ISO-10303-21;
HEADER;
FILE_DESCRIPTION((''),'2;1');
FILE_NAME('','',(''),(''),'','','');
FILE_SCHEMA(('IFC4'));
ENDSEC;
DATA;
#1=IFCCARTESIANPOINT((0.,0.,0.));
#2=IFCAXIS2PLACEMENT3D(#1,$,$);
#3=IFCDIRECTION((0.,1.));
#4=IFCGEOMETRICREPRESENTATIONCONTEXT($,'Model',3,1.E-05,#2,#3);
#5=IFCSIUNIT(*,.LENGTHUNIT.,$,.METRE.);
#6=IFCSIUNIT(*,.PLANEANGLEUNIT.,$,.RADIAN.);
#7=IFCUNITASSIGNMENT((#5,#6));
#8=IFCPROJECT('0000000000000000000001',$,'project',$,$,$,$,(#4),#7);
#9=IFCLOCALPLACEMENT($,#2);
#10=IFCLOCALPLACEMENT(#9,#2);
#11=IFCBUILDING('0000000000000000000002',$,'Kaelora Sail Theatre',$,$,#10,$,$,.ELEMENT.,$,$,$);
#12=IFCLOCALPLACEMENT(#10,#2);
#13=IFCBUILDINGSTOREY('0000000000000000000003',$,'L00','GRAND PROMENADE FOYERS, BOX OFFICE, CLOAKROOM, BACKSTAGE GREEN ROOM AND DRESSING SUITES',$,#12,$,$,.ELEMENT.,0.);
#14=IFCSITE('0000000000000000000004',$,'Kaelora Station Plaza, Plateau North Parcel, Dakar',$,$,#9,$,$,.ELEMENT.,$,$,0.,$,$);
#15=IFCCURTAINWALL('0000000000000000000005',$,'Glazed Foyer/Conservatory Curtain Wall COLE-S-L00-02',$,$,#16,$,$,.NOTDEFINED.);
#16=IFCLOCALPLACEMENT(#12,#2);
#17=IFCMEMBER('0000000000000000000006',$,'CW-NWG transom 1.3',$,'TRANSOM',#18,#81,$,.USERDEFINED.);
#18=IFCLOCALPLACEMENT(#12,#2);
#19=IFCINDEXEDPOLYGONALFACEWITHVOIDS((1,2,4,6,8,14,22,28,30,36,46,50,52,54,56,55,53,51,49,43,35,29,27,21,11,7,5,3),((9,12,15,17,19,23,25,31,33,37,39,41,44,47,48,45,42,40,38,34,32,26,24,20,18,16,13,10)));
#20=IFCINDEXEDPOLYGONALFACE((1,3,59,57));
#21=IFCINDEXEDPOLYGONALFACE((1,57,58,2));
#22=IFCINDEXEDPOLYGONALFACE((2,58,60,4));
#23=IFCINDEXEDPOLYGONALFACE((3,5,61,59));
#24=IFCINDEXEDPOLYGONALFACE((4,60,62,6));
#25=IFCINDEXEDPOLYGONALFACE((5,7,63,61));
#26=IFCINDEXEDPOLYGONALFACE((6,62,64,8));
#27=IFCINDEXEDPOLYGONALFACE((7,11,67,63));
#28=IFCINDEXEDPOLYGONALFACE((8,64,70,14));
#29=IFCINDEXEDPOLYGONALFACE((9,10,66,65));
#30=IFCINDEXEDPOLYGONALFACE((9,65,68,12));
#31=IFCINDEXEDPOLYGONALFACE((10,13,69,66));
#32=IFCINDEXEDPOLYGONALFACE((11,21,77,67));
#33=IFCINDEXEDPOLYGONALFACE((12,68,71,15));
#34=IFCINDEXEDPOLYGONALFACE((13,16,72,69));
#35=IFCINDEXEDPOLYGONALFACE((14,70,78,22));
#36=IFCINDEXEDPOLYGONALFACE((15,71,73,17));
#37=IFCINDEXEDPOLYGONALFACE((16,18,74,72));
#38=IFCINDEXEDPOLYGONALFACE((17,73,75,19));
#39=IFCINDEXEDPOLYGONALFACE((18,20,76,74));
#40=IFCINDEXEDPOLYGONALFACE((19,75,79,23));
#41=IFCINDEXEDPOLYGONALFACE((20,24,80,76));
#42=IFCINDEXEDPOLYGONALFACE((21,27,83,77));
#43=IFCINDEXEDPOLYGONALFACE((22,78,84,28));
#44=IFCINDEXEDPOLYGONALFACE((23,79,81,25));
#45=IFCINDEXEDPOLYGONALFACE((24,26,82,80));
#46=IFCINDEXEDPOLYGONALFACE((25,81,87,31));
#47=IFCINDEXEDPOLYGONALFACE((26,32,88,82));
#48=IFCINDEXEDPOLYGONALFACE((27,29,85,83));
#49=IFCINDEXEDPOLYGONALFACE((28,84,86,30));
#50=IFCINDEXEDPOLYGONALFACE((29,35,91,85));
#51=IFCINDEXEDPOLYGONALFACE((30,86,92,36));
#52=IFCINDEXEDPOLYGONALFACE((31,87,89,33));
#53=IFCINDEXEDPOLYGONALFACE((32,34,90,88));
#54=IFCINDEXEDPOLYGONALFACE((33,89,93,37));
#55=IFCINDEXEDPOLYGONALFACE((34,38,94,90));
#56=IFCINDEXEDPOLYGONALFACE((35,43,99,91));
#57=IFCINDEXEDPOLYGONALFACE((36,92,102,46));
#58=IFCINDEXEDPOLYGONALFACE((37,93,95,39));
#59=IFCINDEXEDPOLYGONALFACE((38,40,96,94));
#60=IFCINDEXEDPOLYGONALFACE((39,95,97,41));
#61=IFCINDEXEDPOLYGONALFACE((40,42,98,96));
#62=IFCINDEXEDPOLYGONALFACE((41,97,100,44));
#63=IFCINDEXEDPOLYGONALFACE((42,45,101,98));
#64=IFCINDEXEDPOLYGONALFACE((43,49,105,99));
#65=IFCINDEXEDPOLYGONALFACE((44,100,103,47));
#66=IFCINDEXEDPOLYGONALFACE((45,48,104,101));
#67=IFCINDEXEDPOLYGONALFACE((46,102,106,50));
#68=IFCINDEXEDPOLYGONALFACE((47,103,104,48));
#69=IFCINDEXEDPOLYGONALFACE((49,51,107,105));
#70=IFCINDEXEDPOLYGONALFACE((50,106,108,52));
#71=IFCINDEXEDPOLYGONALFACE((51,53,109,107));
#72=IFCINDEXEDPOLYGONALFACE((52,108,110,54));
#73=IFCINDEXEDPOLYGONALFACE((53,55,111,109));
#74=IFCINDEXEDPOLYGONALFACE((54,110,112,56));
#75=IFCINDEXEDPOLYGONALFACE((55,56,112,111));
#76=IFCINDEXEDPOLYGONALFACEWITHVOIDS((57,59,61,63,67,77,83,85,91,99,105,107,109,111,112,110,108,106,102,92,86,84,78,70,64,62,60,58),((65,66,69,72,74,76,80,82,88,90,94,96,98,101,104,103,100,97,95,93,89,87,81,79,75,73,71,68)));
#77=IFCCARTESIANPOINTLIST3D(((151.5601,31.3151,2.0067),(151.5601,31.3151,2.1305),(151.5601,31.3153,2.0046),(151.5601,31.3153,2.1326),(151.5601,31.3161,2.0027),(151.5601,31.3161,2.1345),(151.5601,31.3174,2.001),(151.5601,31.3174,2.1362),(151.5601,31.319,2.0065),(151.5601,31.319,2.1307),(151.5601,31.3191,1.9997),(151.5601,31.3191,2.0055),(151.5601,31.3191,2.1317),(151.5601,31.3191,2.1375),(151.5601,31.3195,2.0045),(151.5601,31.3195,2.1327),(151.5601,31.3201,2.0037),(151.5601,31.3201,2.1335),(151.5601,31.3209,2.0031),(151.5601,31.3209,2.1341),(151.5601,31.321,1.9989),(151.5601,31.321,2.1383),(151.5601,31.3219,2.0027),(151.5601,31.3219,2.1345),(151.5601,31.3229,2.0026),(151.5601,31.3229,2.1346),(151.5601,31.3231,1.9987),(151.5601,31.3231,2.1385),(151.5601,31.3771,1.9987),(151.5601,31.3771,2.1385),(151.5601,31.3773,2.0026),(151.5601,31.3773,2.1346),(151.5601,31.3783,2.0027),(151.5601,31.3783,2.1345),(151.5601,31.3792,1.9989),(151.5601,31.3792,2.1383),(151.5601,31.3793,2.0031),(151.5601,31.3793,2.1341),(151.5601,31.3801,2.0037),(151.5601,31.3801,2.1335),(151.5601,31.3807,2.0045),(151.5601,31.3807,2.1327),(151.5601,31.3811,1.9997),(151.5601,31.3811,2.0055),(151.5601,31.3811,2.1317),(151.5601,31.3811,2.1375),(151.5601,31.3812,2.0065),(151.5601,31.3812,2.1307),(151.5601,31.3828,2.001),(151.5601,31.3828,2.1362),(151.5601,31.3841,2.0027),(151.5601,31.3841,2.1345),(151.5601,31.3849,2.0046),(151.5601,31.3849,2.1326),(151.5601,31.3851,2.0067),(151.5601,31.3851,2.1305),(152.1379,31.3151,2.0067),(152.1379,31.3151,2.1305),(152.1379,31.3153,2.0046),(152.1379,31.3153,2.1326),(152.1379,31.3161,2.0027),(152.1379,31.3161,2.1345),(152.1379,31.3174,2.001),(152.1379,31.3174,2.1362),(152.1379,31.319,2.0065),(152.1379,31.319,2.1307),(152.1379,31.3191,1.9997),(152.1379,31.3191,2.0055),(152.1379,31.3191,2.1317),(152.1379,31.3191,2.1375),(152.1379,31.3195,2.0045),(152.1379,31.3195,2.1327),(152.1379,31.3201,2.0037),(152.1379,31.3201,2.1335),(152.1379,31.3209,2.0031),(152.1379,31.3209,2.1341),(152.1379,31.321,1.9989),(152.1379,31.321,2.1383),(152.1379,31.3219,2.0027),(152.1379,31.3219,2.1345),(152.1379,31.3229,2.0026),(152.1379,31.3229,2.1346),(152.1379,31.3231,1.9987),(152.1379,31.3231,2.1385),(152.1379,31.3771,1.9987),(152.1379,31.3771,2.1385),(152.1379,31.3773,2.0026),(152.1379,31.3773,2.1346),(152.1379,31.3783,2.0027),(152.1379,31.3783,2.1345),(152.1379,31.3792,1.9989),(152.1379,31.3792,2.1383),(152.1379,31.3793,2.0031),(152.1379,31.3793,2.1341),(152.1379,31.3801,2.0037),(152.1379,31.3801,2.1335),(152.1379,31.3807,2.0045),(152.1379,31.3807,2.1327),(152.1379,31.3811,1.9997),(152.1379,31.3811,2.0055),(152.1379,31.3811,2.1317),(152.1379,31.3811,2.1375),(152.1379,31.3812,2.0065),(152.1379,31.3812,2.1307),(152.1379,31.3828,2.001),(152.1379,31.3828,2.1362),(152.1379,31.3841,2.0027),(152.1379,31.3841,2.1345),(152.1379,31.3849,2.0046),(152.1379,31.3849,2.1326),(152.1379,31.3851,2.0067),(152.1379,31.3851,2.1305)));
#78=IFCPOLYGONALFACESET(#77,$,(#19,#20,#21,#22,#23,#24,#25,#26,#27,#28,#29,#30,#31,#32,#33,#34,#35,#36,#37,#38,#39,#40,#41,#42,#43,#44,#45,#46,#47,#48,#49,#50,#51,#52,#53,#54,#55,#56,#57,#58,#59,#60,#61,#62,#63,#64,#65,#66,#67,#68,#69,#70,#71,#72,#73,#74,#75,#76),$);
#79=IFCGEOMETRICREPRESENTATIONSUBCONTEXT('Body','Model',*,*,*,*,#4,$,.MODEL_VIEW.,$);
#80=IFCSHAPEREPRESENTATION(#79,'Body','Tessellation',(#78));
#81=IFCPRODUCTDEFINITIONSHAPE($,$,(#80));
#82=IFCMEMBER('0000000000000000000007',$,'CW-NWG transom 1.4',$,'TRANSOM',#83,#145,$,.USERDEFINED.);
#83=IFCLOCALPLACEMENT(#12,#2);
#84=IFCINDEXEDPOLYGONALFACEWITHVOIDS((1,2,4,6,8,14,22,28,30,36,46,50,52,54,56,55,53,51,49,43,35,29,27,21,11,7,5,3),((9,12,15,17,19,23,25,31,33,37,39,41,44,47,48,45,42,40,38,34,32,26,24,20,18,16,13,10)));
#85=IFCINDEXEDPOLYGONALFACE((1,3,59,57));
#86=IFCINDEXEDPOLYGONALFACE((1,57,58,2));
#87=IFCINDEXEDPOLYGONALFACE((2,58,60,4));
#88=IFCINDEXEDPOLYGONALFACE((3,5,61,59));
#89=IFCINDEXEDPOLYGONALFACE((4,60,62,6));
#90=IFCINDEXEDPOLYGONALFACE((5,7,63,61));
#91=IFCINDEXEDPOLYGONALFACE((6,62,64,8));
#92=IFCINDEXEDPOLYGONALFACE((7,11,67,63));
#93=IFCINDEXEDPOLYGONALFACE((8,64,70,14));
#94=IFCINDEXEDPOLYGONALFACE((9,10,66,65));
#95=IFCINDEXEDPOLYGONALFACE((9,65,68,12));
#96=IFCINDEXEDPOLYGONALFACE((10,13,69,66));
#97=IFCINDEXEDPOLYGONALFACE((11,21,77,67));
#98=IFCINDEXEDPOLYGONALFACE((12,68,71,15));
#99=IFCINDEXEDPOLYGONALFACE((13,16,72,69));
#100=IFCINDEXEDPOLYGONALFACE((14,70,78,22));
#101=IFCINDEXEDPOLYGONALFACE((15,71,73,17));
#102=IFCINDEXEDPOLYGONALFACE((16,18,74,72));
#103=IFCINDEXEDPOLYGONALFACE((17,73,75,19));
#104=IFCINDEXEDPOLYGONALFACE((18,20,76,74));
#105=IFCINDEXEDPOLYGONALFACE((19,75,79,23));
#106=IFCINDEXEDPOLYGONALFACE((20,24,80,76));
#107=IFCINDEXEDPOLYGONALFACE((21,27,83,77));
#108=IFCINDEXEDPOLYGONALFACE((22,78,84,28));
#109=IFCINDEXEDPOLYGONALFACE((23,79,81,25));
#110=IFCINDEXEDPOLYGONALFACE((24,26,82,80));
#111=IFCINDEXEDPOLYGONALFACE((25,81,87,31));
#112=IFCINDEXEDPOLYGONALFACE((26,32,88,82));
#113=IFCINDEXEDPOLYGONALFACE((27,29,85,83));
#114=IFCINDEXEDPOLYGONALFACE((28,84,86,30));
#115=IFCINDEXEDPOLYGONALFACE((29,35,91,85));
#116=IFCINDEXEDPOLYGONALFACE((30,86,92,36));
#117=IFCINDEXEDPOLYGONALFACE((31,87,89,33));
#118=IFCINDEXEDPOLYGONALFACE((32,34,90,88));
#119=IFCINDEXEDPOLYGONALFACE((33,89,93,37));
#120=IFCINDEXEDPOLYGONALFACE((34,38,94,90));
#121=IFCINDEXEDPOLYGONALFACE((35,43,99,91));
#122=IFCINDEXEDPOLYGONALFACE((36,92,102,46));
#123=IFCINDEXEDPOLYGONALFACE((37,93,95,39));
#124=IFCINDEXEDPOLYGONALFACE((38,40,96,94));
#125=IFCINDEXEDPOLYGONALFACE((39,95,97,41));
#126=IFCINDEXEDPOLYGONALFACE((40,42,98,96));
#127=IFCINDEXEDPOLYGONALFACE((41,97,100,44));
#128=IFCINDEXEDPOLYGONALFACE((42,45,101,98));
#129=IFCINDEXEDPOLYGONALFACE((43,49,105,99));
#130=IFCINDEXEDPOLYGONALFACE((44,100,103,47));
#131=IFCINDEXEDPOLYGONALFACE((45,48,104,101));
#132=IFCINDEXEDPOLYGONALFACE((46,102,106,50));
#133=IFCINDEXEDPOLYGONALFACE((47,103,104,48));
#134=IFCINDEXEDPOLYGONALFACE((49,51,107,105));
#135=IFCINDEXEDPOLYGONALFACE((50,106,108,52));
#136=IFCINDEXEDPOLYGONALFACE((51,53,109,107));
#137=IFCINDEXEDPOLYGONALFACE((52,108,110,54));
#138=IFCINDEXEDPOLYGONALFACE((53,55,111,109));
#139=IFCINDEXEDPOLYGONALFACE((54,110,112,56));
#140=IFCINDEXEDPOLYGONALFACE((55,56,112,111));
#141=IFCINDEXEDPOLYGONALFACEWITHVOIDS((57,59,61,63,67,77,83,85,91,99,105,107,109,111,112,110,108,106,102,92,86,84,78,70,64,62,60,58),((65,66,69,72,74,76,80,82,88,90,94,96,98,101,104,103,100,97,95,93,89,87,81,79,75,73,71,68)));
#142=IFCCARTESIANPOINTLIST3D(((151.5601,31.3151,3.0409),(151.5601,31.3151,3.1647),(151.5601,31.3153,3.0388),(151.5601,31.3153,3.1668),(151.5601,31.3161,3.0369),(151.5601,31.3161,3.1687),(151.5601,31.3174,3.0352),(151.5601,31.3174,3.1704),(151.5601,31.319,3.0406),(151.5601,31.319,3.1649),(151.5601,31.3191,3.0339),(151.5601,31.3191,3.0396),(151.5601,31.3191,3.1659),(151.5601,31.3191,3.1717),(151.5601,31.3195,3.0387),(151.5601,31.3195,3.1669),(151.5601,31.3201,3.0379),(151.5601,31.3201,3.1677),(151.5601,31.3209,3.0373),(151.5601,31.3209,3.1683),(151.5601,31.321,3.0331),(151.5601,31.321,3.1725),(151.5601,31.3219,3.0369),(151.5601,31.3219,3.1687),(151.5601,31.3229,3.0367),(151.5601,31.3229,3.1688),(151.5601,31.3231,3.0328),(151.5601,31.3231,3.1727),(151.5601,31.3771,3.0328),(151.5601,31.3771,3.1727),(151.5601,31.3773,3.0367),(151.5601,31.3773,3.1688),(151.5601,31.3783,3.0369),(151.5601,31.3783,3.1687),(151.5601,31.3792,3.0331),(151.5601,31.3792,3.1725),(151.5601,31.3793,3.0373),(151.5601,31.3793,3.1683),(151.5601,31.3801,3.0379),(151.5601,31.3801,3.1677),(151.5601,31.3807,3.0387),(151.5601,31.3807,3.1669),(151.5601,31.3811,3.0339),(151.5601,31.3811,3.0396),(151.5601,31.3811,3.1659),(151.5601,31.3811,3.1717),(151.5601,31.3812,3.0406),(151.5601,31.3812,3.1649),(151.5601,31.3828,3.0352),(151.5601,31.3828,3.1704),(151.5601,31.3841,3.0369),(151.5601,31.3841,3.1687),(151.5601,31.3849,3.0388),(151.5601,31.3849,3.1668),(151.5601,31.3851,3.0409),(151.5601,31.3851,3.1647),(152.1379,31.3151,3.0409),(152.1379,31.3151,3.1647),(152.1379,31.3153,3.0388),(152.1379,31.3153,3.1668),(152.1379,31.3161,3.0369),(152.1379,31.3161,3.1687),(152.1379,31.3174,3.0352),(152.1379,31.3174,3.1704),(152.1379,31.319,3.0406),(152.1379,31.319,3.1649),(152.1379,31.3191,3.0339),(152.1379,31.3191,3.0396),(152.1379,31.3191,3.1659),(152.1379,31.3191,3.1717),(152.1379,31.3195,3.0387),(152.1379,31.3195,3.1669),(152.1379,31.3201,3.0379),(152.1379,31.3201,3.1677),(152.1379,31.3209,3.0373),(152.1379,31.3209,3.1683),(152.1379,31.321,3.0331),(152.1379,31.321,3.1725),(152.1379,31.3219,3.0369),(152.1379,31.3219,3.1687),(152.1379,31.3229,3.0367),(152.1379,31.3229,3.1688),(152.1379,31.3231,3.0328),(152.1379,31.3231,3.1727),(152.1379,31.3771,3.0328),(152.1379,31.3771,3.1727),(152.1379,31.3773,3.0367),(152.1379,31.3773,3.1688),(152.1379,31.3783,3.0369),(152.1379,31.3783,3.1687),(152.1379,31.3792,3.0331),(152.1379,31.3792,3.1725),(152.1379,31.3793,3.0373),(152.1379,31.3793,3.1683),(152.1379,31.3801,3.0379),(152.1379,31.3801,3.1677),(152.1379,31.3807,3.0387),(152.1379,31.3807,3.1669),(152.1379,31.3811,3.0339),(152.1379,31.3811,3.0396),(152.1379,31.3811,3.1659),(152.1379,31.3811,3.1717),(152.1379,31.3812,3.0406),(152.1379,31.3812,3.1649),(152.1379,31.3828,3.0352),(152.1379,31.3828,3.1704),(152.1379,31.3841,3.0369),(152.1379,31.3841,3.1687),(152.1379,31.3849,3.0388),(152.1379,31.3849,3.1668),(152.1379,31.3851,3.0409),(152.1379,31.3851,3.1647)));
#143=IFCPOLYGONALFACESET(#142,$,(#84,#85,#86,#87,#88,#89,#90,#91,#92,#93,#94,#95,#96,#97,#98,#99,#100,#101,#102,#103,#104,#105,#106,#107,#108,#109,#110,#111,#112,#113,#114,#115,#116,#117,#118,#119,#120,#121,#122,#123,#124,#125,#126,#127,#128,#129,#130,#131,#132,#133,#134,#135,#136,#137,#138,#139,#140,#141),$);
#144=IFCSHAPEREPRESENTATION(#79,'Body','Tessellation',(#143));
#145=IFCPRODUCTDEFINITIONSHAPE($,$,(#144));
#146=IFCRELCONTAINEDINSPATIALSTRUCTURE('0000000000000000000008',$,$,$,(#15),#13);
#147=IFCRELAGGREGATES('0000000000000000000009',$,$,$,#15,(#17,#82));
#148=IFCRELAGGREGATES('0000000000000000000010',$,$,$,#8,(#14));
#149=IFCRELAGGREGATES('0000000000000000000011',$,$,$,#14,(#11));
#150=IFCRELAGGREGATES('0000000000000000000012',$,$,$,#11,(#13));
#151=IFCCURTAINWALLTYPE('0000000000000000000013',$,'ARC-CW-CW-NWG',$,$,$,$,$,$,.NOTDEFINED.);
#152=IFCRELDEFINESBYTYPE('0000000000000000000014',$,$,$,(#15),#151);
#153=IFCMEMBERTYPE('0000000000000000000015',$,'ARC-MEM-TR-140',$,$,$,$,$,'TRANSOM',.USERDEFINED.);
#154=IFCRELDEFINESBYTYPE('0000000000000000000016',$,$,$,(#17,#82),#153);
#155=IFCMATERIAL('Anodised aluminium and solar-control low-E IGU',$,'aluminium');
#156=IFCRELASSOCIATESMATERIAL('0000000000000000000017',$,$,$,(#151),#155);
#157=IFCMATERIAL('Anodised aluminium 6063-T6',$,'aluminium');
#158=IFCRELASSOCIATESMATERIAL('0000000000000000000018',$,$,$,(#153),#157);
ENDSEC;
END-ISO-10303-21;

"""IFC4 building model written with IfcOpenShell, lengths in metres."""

from ifc_helpers import new_model, si_unit, direction, frame, origin, origin_2d, place, context, subcontext, project, spatial, hollow_rectangle, extrude, material, material_profile, profile_set, type_object, element, aggregate, save


model = new_model("IFC4")

# Units and contexts
model_context = context("Model", 3, precision=1e-05, world=origin(), true_north=direction((0.0, 1.0)))
body_context = subcontext(model_context, "Body", "Model", "MODEL_VIEW")
ifc_project = project(units=[si_unit("LENGTHUNIT", "METRE"), si_unit("PLANEANGLEUNIT", "RADIAN")], contexts=[model_context])

# Site, building, storey
site_placement = place(None, origin())
site = spatial("IfcSite", under=ifc_project, at=site_placement, Name="Kaelora Station Plaza, Plateau North Parcel, Dakar", CompositionType="ELEMENT", RefElevation=0.0)
building_placement = place(site_placement, origin())
building = spatial("IfcBuilding", under=site, at=building_placement, Name="Kaelora Sail Theatre", CompositionType="ELEMENT")
storey_placement = place(building_placement, origin())
storey = spatial("IfcBuildingStorey", under=building, at=storey_placement, Name="L00", Description="GRAND PROMENADE FOYERS, BOX OFFICE, CLOAKROOM, BACKSTAGE GREEN ROOM AND DRESSING SUITES", CompositionType="ELEMENT", Elevation=0.0)

# Shared definitions
ifc_material_1 = material(Name="Anodised aluminium and solar-control low-E IGU", Category="aluminium")
curtain_wall_type = type_object("IfcCurtainWallType", Name="ARC-CW-CW-NWG", PredefinedType="NOTDEFINED", material=ifc_material_1)

# Curtain wall
curtain_wall_1_placement = place(storey_placement, origin())
curtain_wall_1 = element("IfcCurtainWall", 1, at=curtain_wall_1_placement, inside=storey, type_object=curtain_wall_type, Name="Glazed Foyer/Conservatory Curtain Wall COLE-S-L00-02", PredefinedType="NOTDEFINED")

# Members
ifc_material_2 = material(Name="Anodised aluminium 6063-T6", Category="aluminium")
ifc_material_profile_1 = material_profile(ifc_material_2, hollow_rectangle(XDim=0.0701, YDim=0.1399, WallThickness=0.0039, InnerFilletRadius=0.0039, OuterFilletRadius=0.0081, at=origin_2d()), Name="ALU-TRAN 70x140x4")
ifc_profile_set_1 = profile_set([ifc_material_profile_1], Name="Anodised aluminium 6063-T6")
member_type_1 = type_object("IfcMemberType", Name="ARC-MEM-TR-140", ElementType="TRANSOM", PredefinedType="USERDEFINED", material=ifc_profile_set_1)
member_1_placement = place(storey_placement, frame((151.5601, 31.3501, 2.0686), z_axis=(1.0, 0.0, 0.0), x_axis=(0.0, 1.0, 0.0)))
member_1 = element("IfcMember", 2, at=member_1_placement, type_object=member_type_1, Name="CW-NWG transom 1.3", ObjectType="TRANSOM", PredefinedType="USERDEFINED", context=body_context, shape_type="SweptSolid", body=[
    extrude(hollow_rectangle(XDim=0.0701, YDim=0.1399, WallThickness=0.0039, InnerFilletRadius=0.0039, OuterFilletRadius=0.0081, at=origin_2d()), origin(), (0.0, 0.0, 1.0), 0.5779),
])
member_2_placement = place(storey_placement, frame((151.5601, 31.3501, 3.1028), z_axis=(1.0, 0.0, 0.0), x_axis=(0.0, 1.0, 0.0)))
member_2 = element("IfcMember", 3, at=member_2_placement, type_object=member_type_1, Name="CW-NWG transom 1.4", ObjectType="TRANSOM", PredefinedType="USERDEFINED", context=body_context, shape_type="SweptSolid", body=[
    extrude(hollow_rectangle(XDim=0.0701, YDim=0.1399, WallThickness=0.0039, InnerFilletRadius=0.0039, OuterFilletRadius=0.0081, at=origin_2d()), origin(), (0.0, 0.0, 1.0), 0.5779),
])

aggregate(curtain_wall_1, [member_1, member_2])

save(model, "model.ifc")
